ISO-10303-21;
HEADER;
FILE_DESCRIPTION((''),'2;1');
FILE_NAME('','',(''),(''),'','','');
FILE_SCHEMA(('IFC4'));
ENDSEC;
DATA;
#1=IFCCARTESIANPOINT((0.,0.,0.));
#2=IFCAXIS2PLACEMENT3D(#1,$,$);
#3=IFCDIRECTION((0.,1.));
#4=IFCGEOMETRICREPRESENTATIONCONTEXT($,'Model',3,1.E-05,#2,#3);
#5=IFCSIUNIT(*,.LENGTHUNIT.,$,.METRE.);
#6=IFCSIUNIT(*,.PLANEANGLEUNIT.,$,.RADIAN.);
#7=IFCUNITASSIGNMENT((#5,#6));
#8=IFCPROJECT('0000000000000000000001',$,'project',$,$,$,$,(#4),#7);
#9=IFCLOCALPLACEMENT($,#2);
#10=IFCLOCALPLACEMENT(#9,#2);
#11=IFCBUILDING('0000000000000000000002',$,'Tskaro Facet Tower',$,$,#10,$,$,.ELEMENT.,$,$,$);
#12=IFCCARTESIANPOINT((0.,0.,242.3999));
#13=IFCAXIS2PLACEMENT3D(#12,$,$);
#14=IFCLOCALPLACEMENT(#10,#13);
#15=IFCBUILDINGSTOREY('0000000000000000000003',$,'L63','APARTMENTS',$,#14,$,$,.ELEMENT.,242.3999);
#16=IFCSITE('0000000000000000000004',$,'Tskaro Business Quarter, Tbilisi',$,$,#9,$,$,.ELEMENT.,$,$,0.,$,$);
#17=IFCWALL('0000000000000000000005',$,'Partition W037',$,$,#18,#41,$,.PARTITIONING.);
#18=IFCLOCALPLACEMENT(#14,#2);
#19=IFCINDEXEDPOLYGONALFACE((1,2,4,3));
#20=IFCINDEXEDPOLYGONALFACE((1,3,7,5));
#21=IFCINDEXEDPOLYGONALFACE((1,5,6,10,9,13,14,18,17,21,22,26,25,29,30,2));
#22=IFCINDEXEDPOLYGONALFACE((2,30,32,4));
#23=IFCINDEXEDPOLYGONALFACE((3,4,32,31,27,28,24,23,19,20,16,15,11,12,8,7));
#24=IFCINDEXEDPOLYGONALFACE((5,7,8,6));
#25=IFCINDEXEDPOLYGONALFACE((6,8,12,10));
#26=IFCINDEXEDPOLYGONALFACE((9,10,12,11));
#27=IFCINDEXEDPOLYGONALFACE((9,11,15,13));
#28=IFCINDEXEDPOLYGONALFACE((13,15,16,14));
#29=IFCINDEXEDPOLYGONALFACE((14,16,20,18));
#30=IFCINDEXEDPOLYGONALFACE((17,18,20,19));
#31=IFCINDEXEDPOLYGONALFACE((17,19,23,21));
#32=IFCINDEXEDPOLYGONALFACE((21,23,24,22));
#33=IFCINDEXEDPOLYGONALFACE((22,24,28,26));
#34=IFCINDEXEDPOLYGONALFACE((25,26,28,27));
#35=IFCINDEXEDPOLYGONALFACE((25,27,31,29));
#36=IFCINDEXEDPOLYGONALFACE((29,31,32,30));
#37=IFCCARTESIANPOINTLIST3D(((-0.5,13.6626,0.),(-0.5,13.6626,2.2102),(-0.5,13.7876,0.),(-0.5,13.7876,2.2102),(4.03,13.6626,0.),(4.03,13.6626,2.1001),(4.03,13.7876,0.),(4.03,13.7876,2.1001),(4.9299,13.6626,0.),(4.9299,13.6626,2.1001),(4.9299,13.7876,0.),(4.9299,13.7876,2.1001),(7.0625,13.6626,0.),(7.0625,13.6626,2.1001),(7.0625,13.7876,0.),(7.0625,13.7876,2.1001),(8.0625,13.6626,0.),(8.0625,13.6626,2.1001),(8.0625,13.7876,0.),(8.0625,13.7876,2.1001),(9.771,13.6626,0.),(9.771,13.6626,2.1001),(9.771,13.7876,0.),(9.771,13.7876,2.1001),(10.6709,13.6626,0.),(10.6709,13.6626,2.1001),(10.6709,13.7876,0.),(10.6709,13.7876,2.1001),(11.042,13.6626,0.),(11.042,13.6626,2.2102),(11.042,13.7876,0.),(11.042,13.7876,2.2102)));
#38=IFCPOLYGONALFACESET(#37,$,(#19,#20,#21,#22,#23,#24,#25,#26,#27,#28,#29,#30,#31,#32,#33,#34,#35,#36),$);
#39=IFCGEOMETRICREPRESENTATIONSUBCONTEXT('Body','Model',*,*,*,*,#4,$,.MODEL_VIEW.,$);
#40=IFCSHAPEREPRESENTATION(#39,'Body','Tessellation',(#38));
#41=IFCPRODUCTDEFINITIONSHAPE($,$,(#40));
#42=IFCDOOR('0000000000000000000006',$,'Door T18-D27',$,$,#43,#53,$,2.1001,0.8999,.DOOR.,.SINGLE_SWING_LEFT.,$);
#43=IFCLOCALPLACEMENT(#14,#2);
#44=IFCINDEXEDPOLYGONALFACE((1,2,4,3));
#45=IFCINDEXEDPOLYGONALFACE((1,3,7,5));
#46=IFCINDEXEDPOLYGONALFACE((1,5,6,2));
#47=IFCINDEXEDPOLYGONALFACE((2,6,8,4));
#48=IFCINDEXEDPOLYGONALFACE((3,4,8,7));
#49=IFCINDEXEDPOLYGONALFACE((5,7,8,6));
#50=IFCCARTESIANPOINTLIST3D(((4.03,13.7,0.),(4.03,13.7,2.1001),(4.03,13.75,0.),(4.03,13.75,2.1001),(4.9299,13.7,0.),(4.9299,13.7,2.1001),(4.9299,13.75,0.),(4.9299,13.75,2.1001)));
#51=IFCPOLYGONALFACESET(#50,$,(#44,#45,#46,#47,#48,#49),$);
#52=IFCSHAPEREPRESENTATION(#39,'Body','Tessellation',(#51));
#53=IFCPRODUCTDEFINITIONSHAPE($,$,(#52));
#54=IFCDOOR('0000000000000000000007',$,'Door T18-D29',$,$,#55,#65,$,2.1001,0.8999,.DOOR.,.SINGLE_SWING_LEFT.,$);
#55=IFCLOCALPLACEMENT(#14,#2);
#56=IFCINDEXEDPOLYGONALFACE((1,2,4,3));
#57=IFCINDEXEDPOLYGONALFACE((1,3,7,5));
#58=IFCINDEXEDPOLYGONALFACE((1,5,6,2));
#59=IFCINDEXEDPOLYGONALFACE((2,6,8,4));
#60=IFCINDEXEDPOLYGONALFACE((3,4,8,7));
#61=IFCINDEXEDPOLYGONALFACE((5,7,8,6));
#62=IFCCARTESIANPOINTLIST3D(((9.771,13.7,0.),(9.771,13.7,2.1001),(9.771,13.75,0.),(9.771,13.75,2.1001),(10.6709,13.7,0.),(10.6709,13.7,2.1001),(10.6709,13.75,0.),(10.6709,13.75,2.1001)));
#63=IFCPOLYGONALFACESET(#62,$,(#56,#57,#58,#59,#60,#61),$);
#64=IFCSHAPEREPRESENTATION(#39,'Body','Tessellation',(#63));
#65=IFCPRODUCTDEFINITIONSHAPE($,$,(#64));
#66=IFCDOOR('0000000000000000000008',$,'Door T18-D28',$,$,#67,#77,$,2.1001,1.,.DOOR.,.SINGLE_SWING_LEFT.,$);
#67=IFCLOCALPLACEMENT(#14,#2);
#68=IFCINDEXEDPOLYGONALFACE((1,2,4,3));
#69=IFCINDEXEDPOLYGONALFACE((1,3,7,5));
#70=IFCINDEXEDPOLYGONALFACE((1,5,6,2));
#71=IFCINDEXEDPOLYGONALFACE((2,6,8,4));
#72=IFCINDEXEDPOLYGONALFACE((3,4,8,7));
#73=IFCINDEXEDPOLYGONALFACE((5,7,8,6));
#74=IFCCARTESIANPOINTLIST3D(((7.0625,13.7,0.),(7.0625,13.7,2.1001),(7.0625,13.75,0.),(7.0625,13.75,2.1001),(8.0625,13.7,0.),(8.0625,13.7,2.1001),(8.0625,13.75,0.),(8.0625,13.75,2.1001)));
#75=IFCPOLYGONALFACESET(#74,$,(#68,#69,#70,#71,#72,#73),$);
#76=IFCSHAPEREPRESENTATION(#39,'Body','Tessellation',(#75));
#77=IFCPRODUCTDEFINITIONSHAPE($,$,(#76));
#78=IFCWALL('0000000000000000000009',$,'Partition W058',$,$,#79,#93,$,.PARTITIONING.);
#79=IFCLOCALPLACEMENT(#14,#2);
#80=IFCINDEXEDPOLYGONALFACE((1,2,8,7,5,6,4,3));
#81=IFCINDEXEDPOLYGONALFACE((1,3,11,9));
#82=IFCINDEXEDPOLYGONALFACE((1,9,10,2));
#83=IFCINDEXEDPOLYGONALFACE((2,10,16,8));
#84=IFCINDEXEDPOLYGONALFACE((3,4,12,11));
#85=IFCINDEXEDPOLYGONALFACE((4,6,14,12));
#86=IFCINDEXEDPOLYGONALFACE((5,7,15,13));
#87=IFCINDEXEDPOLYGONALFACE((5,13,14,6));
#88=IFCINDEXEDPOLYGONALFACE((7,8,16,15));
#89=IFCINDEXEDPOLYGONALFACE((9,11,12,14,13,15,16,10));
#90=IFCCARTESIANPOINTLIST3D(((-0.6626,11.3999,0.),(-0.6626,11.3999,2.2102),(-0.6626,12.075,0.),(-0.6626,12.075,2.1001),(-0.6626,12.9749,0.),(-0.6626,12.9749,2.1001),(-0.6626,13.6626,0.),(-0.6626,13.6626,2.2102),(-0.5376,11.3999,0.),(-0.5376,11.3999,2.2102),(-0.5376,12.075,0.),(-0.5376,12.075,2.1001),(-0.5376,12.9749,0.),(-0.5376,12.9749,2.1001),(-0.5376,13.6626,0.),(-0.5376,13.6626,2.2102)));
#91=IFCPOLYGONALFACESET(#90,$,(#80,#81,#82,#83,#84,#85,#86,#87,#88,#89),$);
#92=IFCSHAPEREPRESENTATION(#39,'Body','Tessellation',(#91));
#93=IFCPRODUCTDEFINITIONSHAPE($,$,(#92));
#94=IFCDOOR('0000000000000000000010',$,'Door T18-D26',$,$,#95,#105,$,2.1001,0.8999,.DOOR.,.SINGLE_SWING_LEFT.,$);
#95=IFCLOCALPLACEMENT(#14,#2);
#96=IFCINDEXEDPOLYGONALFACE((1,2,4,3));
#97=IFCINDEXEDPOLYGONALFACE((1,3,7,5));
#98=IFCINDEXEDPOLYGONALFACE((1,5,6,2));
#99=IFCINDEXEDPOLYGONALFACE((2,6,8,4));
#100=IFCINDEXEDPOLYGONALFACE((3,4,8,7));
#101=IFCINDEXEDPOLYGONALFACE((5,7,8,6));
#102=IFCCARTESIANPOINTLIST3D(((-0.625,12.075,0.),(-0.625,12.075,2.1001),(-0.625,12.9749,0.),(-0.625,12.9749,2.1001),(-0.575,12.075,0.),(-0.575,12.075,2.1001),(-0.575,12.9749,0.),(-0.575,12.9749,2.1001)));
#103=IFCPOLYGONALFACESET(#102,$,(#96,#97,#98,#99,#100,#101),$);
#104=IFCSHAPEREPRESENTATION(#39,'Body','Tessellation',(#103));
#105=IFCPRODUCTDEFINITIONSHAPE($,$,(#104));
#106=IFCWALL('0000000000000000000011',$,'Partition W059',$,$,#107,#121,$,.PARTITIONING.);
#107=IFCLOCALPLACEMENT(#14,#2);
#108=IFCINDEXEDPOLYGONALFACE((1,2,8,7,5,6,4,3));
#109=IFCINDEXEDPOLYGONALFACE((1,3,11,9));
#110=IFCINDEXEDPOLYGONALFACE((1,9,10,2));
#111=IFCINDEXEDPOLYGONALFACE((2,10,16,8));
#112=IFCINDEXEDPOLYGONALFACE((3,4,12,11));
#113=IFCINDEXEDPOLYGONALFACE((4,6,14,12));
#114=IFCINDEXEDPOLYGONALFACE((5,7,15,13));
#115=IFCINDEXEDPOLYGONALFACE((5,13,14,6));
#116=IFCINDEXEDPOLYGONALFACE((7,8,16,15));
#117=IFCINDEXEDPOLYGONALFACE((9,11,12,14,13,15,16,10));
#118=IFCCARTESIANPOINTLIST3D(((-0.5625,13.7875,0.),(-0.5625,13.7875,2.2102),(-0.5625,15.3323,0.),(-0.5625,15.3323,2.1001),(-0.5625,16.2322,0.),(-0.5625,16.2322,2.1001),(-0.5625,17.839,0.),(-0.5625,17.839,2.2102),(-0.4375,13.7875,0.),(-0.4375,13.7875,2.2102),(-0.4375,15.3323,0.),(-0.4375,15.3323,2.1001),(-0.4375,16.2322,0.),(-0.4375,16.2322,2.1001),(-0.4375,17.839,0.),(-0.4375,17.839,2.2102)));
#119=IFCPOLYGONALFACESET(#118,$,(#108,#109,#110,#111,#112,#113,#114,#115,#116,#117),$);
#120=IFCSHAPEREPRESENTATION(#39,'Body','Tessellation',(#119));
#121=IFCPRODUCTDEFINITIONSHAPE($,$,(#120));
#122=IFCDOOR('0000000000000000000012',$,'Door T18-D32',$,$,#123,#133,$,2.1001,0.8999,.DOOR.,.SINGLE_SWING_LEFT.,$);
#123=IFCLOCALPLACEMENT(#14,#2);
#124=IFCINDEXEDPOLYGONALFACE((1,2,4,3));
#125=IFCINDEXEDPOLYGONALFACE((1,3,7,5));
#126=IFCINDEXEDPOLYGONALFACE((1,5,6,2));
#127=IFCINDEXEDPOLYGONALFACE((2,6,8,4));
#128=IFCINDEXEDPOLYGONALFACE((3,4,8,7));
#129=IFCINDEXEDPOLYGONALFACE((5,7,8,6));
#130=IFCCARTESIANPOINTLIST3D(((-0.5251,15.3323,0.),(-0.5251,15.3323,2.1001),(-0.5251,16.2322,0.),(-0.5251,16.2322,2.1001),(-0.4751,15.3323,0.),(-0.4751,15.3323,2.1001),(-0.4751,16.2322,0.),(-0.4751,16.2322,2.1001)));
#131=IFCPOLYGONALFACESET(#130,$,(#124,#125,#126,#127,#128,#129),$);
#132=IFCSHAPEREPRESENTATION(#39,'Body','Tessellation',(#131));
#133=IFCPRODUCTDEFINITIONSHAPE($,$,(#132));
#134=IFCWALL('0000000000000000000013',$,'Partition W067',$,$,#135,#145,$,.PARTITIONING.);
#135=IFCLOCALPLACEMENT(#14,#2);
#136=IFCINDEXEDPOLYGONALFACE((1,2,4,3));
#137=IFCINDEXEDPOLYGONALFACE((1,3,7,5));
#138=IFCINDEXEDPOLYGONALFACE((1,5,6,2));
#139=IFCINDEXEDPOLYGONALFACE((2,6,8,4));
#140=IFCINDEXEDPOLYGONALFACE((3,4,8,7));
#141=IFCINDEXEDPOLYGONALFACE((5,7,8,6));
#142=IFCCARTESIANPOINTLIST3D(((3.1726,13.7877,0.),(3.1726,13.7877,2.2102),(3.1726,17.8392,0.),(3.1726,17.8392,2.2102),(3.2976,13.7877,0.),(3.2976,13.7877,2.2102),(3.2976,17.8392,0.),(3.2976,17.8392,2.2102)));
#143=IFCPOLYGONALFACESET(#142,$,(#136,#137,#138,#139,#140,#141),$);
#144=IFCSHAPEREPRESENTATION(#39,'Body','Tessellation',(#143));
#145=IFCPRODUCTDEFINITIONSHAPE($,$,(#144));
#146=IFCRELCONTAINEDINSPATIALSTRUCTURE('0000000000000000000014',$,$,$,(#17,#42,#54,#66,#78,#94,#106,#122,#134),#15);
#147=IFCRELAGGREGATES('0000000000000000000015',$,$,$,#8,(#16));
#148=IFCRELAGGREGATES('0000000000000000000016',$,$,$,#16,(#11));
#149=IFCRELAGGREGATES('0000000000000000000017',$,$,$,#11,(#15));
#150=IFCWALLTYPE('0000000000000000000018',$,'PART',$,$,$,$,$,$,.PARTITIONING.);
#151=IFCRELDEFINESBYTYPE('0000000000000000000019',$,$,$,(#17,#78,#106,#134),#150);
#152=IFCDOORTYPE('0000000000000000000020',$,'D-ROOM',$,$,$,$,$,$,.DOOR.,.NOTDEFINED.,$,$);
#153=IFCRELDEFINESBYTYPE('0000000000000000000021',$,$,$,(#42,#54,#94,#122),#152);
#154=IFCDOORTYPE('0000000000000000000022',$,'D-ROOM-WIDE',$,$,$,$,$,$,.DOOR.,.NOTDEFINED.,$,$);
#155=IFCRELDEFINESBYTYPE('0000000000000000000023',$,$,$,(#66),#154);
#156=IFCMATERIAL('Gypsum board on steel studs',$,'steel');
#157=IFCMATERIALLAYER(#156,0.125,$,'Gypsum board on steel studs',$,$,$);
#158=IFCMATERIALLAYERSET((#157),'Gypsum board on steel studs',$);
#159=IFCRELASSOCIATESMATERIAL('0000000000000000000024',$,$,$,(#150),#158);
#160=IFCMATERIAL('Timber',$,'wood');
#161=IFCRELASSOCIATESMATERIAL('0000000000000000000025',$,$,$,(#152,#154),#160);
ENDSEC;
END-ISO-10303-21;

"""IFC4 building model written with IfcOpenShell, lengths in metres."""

from ifc_helpers import new_model, si_unit, direction, frame, frame_2d, origin, place, context, subcontext, project, spatial, rectangle, extrude, material, layer, layer_set, type_object, element, fill, save


model = new_model("IFC4")

# Units and contexts
model_context = context("Model", 3, precision=1e-05, world=origin(), true_north=direction((0.0, 1.0)))
body_context = subcontext(model_context, "Body", "Model", "MODEL_VIEW")
ifc_project = project(units=[si_unit("LENGTHUNIT", "METRE"), si_unit("PLANEANGLEUNIT", "RADIAN")], contexts=[model_context])

# Site, building, storey
site_placement = place(None, origin())
site = spatial("IfcSite", under=ifc_project, at=site_placement, Name="Tskaro Business Quarter, Tbilisi", CompositionType="ELEMENT", RefElevation=0.0)
building_placement = place(site_placement, origin())
building = spatial("IfcBuilding", under=site, at=building_placement, Name="Tskaro Facet Tower", CompositionType="ELEMENT")
storey_placement = place(building_placement, frame((0.0, 0.0, 242.3999)))
storey = spatial("IfcBuildingStorey", under=building, at=storey_placement, Name="L63", Description="APARTMENTS", CompositionType="ELEMENT", Elevation=242.3999)

# Shared definitions
ifc_material_1 = material(Name="Gypsum board on steel studs", Category="steel")
ifc_layer_1 = layer(ifc_material_1, 0.125, Name="Gypsum board on steel studs")
ifc_layer_set_1 = layer_set([ifc_layer_1], Name="Gypsum board on steel studs")
wall_type_1 = type_object("IfcWallType", Name="PART", PredefinedType="PARTITIONING", material=ifc_layer_set_1)

# Wall, openings, doors
wall_1_placement = place(storey_placement, frame((-0.5, 13.7251, 0.0), z_axis=(0.0, 0.0, 1.0), x_axis=(1.0, 0.0, 0.0)))
wall_1 = element("IfcWall", 1, at=wall_1_placement, inside=storey, type_object=wall_type_1, Name="Partition W037", PredefinedType="PARTITIONING", context=body_context, shape_type="SweptSolid", body=[
    extrude(rectangle(XDim=11.542, YDim=0.125, at=frame_2d((5.771, 0.0))), origin(), (0.0, 0.0, 1.0), 2.2102),
])
opening_1_placement = place(wall_1_placement, frame((4.53, 0.0, 0.0)))
opening_1 = element("IfcOpeningElement", 2, at=opening_1_placement, cuts=wall_1, PredefinedType="OPENING", context=body_context, shape_type="SweptSolid", body=[
    extrude(rectangle(XDim=0.8999, YDim=2.1001, at=frame_2d((0.45, 1.05))), frame((0.0, 0.0725, 0.0), z_axis=(0.0, -1.0, 0.0), x_axis=(1.0, 0.0, 0.0)), (0.0, 0.0, 1.0), 0.145),
])
opening_2_placement = place(wall_1_placement, frame((7.5625, 0.0, 0.0)))
opening_2 = element("IfcOpeningElement", 3, at=opening_2_placement, cuts=wall_1, PredefinedType="OPENING", context=body_context, shape_type="SweptSolid", body=[
    extrude(rectangle(XDim=1.0, YDim=2.1001, at=frame_2d((0.5, 1.05))), frame((0.0, 0.0725, 0.0), z_axis=(0.0, -1.0, 0.0), x_axis=(1.0, 0.0, 0.0)), (0.0, 0.0, 1.0), 0.145),
])
opening_3_placement = place(wall_1_placement, frame((10.271, 0.0, 0.0)))
opening_3 = element("IfcOpeningElement", 4, at=opening_3_placement, cuts=wall_1, PredefinedType="OPENING", context=body_context, shape_type="SweptSolid", body=[
    extrude(rectangle(XDim=0.8999, YDim=2.1001, at=frame_2d((0.45, 1.05))), frame((0.0, 0.0725, 0.0), z_axis=(0.0, -1.0, 0.0), x_axis=(1.0, 0.0, 0.0)), (0.0, 0.0, 1.0), 0.145),
])
ifc_material_2 = material(Name="Timber", Category="wood")
door_type_1 = type_object("IfcDoorType", Name="D-ROOM", OperationType="NOTDEFINED", PredefinedType="DOOR", material=ifc_material_2)
door_1_placement = place(opening_1_placement, origin())
door_1 = element("IfcDoor", 5, at=door_1_placement, inside=storey, type_object=door_type_1, Name="Door T18-D27", OperationType="SINGLE_SWING_LEFT", OverallHeight=2.1001, OverallWidth=0.8999, PredefinedType="DOOR", context=body_context, shape_type="SweptSolid", body=[
    extrude(rectangle(XDim=0.8999, YDim=2.1001, at=frame_2d((0.45, 1.05))), frame((0.0, 0.0249, 0.0), z_axis=(0.0, -1.0, 0.0), x_axis=(1.0, 0.0, 0.0)), (0.0, 0.0, 1.0), 0.05),
])
fill(opening_1, door_1)
door_2_placement = place(opening_3_placement, origin())
door_2 = element("IfcDoor", 6, at=door_2_placement, inside=storey, type_object=door_type_1, Name="Door T18-D29", OperationType="SINGLE_SWING_LEFT", OverallHeight=2.1001, OverallWidth=0.8999, PredefinedType="DOOR", context=body_context, shape_type="SweptSolid", body=[
    extrude(rectangle(XDim=0.8999, YDim=2.1001, at=frame_2d((0.45, 1.05))), frame((0.0, 0.0249, 0.0), z_axis=(0.0, -1.0, 0.0), x_axis=(1.0, 0.0, 0.0)), (0.0, 0.0, 1.0), 0.05),
])
fill(opening_3, door_2)
door_type_2 = type_object("IfcDoorType", Name="D-ROOM-WIDE", OperationType="NOTDEFINED", PredefinedType="DOOR", material=ifc_material_2)
door_3_placement = place(opening_2_placement, origin())
door_3 = element("IfcDoor", 7, at=door_3_placement, inside=storey, type_object=door_type_2, Name="Door T18-D28", OperationType="SINGLE_SWING_LEFT", OverallHeight=2.1001, OverallWidth=1.0, PredefinedType="DOOR", context=body_context, shape_type="SweptSolid", body=[
    extrude(rectangle(XDim=1.0, YDim=2.1001, at=frame_2d((0.5, 1.05))), frame((0.0, 0.0249, 0.0), z_axis=(0.0, -1.0, 0.0), x_axis=(1.0, 0.0, 0.0)), (0.0, 0.0, 1.0), 0.05),
])
fill(opening_2, door_3)

# Walls, openings, doors
wall_2_placement = place(storey_placement, frame((-0.6001, 11.3999, 0.0), z_axis=(0.0, 0.0, 1.0), x_axis=(0.0, 1.0, 0.0)))
wall_2 = element("IfcWall", 8, at=wall_2_placement, inside=storey, type_object=wall_type_1, Name="Partition W058", PredefinedType="PARTITIONING", context=body_context, shape_type="SweptSolid", body=[
    extrude(rectangle(XDim=2.2627, YDim=0.125, at=frame_2d((1.1313, 0.0))), origin(), (0.0, 0.0, 1.0), 2.2102),
])
opening_4_placement = place(wall_2_placement, frame((0.675, 0.0, 0.0)))
opening_4 = element("IfcOpeningElement", 9, at=opening_4_placement, cuts=wall_2, PredefinedType="OPENING", context=body_context, shape_type="SweptSolid", body=[
    extrude(rectangle(XDim=0.8999, YDim=2.1001, at=frame_2d((0.45, 1.05))), frame((0.0, 0.0725, 0.0), z_axis=(0.0, -1.0, 0.0), x_axis=(1.0, 0.0, 0.0)), (0.0, 0.0, 1.0), 0.145),
])
door_4_placement = place(opening_4_placement, origin())
door_4 = element("IfcDoor", 10, at=door_4_placement, inside=storey, type_object=door_type_1, Name="Door T18-D26", OperationType="SINGLE_SWING_LEFT", OverallHeight=2.1001, OverallWidth=0.8999, PredefinedType="DOOR", context=body_context, shape_type="SweptSolid", body=[
    extrude(rectangle(XDim=0.8999, YDim=2.1001, at=frame_2d((0.45, 1.05))), frame((0.0, 0.0249, 0.0), z_axis=(0.0, -1.0, 0.0), x_axis=(1.0, 0.0, 0.0)), (0.0, 0.0, 1.0), 0.05),
])
fill(opening_4, door_4)
wall_3_placement = place(storey_placement, frame((-0.5, 17.8391, 0.0), z_axis=(0.0, 0.0, 1.0), x_axis=(0.0, -1.0, 0.0)))
wall_3 = element("IfcWall", 11, at=wall_3_placement, inside=storey, type_object=wall_type_1, Name="Partition W059", PredefinedType="PARTITIONING", context=body_context, shape_type="SweptSolid", body=[
    extrude(rectangle(XDim=4.0515, YDim=0.125, at=frame_2d((2.0259, 0.0))), origin(), (0.0, 0.0, 1.0), 2.2102),
])
opening_5_placement = place(wall_3_placement, frame((1.6069, 0.0, 0.0)))
opening_5 = element("IfcOpeningElement", 12, at=opening_5_placement, cuts=wall_3, PredefinedType="OPENING", context=body_context, shape_type="SweptSolid", body=[
    extrude(rectangle(XDim=0.8999, YDim=2.1001, at=frame_2d((0.45, 1.05))), frame((0.0, 0.0725, 0.0), z_axis=(0.0, -1.0, 0.0), x_axis=(1.0, 0.0, 0.0)), (0.0, 0.0, 1.0), 0.145),
])
door_5_placement = place(opening_5_placement, origin())
door_5 = element("IfcDoor", 13, at=door_5_placement, inside=storey, type_object=door_type_1, Name="Door T18-D32", OperationType="SINGLE_SWING_LEFT", OverallHeight=2.1001, OverallWidth=0.8999, PredefinedType="DOOR", context=body_context, shape_type="SweptSolid", body=[
    extrude(rectangle(XDim=0.8999, YDim=2.1001, at=frame_2d((0.45, 1.05))), frame((0.0, 0.0249, 0.0), z_axis=(0.0, -1.0, 0.0), x_axis=(1.0, 0.0, 0.0)), (0.0, 0.0, 1.0), 0.05),
])
fill(opening_5, door_5)

# Wall
wall_4_placement = place(storey_placement, frame((3.2351, 13.7876, 0.0), z_axis=(0.0, 0.0, 1.0), x_axis=(0.0, 1.0, 0.0)))
element("IfcWall", 14, at=wall_4_placement, inside=storey, type_object=wall_type_1, Name="Partition W067", PredefinedType="PARTITIONING", context=body_context, shape_type="SweptSolid", body=[
    extrude(rectangle(XDim=4.0515, YDim=0.125, at=frame_2d((2.0259, 0.0))), origin(), (0.0, 0.0, 1.0), 2.2102),
])

save(model, "model.ifc")
